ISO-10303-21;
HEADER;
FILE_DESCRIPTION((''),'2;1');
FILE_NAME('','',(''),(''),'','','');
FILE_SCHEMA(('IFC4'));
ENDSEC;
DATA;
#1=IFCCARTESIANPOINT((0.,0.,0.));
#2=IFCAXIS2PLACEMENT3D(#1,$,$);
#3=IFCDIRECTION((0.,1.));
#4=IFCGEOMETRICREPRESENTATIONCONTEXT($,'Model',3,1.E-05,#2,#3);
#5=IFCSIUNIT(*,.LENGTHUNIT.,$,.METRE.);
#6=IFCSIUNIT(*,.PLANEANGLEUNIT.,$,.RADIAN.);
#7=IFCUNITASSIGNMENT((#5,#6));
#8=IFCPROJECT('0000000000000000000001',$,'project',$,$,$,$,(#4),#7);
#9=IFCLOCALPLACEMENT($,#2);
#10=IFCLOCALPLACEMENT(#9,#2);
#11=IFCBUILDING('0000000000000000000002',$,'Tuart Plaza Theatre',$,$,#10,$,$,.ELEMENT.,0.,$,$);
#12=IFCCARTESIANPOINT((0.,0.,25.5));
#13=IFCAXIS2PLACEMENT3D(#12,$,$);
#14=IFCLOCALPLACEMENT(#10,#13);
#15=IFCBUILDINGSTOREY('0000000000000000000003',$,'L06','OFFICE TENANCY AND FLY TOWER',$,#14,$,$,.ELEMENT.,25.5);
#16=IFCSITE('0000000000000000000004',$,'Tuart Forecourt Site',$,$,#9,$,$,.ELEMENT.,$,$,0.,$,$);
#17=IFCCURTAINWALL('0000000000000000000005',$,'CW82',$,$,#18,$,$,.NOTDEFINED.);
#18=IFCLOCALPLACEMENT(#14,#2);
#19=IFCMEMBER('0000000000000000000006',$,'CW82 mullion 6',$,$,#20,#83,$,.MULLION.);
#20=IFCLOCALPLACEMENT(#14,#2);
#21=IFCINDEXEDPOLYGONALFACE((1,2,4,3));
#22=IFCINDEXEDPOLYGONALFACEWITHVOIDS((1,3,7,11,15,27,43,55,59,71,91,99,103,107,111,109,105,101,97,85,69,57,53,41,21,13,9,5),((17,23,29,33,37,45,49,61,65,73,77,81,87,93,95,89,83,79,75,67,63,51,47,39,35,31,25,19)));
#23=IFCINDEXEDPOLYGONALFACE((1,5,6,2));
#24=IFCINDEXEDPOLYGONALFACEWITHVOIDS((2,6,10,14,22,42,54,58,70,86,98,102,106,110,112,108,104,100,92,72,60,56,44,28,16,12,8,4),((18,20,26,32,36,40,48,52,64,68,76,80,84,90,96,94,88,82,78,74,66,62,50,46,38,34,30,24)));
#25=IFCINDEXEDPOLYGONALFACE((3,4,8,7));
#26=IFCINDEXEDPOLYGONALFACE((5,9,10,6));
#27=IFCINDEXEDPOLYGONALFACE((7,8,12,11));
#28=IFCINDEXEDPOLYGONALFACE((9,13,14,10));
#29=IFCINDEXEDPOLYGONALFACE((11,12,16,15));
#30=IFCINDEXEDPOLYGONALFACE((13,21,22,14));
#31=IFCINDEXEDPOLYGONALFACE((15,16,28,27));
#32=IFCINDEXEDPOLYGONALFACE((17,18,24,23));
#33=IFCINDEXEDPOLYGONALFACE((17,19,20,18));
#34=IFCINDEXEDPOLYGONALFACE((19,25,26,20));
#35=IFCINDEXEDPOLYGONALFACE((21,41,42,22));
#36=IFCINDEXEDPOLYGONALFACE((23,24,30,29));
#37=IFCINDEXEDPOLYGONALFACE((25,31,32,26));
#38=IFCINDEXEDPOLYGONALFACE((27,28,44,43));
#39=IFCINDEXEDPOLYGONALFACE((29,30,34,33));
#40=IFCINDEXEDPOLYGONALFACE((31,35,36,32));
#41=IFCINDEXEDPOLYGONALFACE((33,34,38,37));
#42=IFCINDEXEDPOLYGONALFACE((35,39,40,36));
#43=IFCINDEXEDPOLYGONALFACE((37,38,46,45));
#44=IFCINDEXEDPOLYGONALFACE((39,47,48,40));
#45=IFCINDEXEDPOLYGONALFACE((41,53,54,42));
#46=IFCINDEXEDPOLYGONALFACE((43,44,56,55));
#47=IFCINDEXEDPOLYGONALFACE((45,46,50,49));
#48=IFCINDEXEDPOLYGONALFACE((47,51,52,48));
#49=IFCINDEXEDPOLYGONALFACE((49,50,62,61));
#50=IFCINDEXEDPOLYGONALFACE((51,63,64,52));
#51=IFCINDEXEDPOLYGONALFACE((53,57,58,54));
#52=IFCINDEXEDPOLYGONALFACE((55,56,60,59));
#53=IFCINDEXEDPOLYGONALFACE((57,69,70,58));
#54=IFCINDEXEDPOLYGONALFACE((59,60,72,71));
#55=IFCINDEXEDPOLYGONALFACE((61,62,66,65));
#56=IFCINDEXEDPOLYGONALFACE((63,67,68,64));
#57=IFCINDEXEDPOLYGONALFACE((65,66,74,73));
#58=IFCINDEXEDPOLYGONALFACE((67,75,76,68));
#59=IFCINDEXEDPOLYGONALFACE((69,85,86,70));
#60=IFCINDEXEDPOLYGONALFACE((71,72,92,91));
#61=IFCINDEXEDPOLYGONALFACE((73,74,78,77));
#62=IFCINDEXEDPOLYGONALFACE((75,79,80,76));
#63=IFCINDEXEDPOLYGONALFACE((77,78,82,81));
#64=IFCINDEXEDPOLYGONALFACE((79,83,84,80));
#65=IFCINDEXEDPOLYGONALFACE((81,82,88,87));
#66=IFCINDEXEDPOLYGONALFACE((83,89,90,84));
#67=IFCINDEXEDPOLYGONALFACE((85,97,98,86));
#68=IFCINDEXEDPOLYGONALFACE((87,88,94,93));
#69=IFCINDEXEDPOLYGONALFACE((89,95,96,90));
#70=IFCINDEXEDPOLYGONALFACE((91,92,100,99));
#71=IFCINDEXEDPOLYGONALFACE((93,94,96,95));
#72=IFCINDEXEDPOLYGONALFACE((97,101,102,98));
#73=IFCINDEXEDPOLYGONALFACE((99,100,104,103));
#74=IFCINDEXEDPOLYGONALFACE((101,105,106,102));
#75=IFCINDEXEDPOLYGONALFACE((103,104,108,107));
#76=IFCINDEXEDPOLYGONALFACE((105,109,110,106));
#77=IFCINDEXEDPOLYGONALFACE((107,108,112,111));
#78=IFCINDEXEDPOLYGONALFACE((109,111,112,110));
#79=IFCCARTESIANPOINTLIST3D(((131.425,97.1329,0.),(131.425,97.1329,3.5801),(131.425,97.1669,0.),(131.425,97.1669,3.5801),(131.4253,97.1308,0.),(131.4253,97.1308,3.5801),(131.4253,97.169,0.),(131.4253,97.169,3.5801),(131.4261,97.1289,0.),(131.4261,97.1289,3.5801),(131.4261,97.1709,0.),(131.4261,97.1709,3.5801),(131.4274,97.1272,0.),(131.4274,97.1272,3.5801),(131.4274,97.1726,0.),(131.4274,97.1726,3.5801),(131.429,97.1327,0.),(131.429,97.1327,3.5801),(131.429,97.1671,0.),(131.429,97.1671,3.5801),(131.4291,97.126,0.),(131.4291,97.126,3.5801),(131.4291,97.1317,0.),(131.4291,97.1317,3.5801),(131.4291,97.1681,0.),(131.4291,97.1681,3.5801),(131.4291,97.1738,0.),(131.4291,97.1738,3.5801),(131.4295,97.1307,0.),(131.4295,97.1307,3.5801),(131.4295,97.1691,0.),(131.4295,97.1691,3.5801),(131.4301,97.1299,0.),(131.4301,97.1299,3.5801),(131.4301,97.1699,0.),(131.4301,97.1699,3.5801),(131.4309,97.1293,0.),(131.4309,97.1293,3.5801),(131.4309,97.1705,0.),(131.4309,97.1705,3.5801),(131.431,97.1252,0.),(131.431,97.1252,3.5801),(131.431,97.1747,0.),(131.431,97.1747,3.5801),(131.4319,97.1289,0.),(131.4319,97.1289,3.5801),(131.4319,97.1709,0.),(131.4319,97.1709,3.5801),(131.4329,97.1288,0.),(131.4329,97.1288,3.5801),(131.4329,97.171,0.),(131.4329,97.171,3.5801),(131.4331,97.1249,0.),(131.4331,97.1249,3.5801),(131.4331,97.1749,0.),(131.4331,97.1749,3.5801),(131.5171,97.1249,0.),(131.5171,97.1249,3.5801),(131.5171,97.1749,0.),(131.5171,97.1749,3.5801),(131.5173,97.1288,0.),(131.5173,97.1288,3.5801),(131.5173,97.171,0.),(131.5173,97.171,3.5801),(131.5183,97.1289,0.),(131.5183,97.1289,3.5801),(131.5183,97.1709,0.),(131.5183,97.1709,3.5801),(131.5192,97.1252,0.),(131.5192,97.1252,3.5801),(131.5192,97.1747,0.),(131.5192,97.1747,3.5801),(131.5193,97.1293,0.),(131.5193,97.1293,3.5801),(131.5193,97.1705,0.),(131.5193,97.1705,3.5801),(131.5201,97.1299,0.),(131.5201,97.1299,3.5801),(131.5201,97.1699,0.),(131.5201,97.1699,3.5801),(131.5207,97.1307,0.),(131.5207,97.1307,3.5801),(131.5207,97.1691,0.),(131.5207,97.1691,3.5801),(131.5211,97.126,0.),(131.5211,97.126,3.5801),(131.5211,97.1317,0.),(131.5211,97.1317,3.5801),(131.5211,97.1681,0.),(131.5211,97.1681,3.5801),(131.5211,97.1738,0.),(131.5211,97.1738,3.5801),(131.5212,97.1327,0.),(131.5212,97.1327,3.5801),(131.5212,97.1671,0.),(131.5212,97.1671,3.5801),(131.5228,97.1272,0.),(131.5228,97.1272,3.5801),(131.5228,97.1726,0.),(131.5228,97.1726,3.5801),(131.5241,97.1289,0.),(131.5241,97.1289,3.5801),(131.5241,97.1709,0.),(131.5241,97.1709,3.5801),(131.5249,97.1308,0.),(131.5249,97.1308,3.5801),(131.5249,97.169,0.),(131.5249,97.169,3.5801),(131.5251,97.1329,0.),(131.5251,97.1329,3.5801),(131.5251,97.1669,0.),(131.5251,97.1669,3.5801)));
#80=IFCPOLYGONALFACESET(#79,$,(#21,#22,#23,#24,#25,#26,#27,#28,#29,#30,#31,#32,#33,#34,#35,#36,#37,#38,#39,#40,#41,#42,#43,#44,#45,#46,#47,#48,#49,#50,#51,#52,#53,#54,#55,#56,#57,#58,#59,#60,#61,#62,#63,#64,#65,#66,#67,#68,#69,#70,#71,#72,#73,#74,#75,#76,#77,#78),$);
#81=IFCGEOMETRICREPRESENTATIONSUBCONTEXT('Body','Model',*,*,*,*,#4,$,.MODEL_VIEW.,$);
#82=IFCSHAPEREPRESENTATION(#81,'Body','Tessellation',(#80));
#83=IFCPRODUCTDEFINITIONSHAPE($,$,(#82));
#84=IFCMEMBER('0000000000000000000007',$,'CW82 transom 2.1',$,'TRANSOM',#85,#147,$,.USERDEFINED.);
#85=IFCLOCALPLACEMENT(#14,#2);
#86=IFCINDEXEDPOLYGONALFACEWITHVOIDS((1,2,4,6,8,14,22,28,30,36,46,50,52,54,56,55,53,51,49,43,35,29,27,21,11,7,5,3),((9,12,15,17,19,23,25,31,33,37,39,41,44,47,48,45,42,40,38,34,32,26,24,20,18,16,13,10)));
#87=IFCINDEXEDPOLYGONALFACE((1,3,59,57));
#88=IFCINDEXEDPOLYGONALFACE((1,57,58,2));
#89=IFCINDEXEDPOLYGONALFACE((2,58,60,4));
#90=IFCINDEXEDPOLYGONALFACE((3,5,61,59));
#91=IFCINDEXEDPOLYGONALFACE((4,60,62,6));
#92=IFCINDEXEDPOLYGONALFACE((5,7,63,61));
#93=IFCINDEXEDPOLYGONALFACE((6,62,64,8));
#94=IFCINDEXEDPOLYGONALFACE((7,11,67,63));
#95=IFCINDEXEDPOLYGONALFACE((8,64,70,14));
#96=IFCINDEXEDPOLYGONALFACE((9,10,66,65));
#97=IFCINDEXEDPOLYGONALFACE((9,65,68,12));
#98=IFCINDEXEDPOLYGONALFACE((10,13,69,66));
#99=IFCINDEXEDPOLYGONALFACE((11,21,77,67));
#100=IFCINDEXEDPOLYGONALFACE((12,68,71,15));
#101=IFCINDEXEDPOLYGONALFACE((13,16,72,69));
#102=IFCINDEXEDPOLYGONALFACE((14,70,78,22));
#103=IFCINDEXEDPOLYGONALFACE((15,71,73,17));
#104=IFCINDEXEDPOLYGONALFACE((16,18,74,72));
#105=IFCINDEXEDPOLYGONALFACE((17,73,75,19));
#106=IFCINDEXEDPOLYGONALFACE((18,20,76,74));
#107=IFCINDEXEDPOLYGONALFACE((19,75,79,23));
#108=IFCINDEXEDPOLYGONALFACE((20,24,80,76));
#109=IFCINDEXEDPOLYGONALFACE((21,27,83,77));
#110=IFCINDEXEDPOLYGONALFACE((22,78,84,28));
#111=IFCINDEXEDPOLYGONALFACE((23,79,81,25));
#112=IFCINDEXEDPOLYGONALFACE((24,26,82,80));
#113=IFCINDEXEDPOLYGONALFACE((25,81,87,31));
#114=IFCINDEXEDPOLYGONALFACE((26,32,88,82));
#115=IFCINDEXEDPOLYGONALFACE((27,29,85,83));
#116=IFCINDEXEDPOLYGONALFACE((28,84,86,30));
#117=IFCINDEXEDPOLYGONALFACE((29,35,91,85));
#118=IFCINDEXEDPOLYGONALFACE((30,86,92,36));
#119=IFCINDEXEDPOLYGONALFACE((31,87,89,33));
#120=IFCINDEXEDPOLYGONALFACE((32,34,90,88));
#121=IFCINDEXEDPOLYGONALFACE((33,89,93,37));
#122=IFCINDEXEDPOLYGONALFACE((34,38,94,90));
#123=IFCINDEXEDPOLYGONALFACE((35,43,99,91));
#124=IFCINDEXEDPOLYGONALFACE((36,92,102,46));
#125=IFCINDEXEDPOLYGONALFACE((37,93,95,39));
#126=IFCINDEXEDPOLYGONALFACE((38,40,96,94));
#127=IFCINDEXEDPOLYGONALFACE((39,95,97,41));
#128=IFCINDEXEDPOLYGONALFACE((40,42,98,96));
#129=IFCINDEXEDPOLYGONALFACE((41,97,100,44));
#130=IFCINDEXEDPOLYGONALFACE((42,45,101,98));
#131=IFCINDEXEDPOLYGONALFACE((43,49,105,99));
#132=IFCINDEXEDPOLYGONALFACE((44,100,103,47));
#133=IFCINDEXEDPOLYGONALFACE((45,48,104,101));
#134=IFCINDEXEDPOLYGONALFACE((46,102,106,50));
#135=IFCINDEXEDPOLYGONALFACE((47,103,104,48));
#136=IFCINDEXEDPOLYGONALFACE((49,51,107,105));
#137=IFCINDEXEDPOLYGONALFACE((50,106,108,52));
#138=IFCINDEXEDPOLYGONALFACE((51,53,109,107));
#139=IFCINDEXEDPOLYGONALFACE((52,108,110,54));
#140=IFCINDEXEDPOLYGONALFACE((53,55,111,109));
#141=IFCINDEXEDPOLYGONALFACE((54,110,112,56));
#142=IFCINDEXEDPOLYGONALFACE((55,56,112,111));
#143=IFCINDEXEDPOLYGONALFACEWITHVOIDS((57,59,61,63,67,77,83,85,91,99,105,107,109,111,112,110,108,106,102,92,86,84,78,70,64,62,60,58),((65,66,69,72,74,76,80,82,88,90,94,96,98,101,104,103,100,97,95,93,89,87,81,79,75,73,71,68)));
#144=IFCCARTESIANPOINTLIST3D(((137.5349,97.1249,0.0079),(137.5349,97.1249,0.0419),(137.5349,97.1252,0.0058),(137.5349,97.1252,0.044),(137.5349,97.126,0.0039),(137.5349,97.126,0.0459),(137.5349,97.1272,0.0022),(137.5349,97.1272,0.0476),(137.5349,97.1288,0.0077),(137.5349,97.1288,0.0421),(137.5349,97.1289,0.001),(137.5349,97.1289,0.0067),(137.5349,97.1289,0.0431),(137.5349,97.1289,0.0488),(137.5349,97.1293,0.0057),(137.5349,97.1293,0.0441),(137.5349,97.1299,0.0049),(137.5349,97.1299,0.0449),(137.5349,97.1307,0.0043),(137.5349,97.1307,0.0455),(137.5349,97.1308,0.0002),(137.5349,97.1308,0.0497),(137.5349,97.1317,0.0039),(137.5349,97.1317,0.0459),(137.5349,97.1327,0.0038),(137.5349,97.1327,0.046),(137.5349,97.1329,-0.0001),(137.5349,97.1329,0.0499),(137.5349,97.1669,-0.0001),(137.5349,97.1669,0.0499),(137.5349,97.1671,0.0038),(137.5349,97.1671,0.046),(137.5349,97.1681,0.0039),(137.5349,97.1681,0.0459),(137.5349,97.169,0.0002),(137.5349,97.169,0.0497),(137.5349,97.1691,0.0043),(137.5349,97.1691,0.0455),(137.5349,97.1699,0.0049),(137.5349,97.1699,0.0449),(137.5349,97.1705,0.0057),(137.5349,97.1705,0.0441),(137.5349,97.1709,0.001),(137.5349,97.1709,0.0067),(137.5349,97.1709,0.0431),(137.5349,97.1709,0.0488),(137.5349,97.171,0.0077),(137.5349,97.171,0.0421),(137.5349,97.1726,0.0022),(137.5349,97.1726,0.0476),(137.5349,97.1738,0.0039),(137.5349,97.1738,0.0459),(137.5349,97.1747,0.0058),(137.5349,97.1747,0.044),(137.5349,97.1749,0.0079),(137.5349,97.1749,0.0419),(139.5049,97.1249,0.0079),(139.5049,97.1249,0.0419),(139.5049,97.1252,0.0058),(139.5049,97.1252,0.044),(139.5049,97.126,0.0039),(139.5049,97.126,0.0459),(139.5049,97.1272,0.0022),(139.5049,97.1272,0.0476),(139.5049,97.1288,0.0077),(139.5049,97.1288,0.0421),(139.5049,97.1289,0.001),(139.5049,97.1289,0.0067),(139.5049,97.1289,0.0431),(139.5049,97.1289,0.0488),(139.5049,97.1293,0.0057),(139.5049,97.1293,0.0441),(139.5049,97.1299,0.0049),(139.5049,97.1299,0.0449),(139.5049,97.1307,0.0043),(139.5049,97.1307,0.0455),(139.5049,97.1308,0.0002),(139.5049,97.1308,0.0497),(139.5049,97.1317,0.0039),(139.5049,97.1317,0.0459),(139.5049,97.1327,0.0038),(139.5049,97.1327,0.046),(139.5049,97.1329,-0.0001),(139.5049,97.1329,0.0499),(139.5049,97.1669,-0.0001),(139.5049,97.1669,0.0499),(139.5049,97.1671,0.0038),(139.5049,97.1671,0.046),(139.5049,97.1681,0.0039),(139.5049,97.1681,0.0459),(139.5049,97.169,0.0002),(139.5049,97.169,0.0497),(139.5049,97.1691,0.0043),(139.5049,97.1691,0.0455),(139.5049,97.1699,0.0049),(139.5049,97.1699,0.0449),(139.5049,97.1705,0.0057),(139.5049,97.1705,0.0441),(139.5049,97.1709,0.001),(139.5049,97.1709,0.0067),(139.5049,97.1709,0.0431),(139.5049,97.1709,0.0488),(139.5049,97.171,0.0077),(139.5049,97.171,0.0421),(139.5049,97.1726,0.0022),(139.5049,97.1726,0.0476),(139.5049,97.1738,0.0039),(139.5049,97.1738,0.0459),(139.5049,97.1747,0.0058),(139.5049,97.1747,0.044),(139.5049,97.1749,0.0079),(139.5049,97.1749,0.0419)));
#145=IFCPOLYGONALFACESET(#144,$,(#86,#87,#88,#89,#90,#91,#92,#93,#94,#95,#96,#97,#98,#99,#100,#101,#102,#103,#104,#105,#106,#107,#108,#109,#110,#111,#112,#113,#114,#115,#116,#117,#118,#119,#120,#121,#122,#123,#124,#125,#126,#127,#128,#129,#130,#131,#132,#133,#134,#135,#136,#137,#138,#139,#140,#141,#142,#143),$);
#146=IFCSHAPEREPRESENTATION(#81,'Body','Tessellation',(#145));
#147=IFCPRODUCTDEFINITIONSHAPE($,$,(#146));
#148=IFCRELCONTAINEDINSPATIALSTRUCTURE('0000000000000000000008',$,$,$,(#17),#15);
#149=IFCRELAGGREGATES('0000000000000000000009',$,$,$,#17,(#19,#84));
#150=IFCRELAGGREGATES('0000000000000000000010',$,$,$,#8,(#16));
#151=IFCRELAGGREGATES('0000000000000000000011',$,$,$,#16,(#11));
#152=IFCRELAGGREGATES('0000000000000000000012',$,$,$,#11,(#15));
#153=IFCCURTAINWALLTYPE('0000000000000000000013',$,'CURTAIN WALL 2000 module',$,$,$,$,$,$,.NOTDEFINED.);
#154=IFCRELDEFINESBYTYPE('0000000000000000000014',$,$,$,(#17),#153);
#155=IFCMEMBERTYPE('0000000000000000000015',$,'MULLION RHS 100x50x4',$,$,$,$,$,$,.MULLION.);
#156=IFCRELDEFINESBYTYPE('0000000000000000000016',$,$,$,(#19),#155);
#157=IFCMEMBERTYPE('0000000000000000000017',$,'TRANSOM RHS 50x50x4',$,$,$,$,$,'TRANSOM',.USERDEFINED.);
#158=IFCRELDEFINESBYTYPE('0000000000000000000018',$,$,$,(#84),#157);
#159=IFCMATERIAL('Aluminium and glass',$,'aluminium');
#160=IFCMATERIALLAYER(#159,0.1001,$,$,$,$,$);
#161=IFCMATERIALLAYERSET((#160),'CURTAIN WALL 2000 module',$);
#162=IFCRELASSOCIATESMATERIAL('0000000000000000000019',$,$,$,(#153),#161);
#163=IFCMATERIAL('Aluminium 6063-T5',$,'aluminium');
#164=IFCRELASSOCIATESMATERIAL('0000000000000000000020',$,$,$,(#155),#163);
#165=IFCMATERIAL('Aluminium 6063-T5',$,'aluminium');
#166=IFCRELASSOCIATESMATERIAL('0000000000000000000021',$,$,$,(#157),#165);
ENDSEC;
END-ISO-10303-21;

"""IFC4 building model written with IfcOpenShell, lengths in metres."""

from ifc_helpers import new_model, si_unit, direction, frame, origin, origin_2d, place, context, subcontext, project, spatial, hollow_rectangle, extrude, material, layer, layer_set, material_profile, profile_set, type_object, element, aggregate, save


model = new_model("IFC4")

# Units and contexts
model_context = context("Model", 3, precision=1e-05, world=origin(), true_north=direction((0.0, 1.0)))
body_context = subcontext(model_context, "Body", "Model", "MODEL_VIEW")
ifc_project = project(units=[si_unit("LENGTHUNIT", "METRE"), si_unit("PLANEANGLEUNIT", "RADIAN")], contexts=[model_context])

# Site, building, storey
site_placement = place(None, origin())
site = spatial("IfcSite", under=ifc_project, at=site_placement, Name="Tuart Forecourt Site", CompositionType="ELEMENT", RefElevation=0.0)
building_placement = place(site_placement, origin())
building = spatial("IfcBuilding", under=site, at=building_placement, Name="Tuart Plaza Theatre", CompositionType="ELEMENT", ElevationOfRefHeight=0.0)
storey_placement = place(building_placement, frame((0.0, 0.0, 25.5)))
storey = spatial("IfcBuildingStorey", under=building, at=storey_placement, Name="L06", Description="OFFICE TENANCY AND FLY TOWER", CompositionType="ELEMENT", Elevation=25.5)

# Curtain wall, members
ifc_material_1 = material(Name="Aluminium and glass", Category="aluminium")
ifc_layer_1 = layer(ifc_material_1, 0.1001)
ifc_layer_set_1 = layer_set([ifc_layer_1], Name="CURTAIN WALL 2000 module")
curtain_wall_type = type_object("IfcCurtainWallType", Name="CURTAIN WALL 2000 module", PredefinedType="NOTDEFINED", material=ifc_layer_set_1)
curtain_wall_placement = place(storey_placement, origin())
curtain_wall = element("IfcCurtainWall", 1, at=curtain_wall_placement, inside=storey, type_object=curtain_wall_type, Name="CW82", PredefinedType="NOTDEFINED")
ifc_material_2 = material(Name="Aluminium 6063-T5", Category="aluminium")
ifc_material_profile_1 = material_profile(ifc_material_2, hollow_rectangle(XDim=0.05, YDim=0.1001, WallThickness=0.0039, InnerFilletRadius=0.0039, OuterFilletRadius=0.0081, at=origin_2d()), Name="RHS 100x50x4")
ifc_profile_set_1 = profile_set([ifc_material_profile_1], Name="Aluminium 6063-T5")
member_type_1 = type_object("IfcMemberType", Name="MULLION RHS 100x50x4", PredefinedType="MULLION", material=ifc_profile_set_1)
member_1_placement = place(storey_placement, frame((131.4751, 97.1499, 0.0), z_axis=(0.0, 0.0, 1.0), x_axis=(0.0, -1.0, 0.0)))
member_1 = element("IfcMember", 2, at=member_1_placement, type_object=member_type_1, Name="CW82 mullion 6", PredefinedType="MULLION", context=body_context, shape_type="SweptSolid", body=[
    extrude(hollow_rectangle(XDim=0.05, YDim=0.1001, WallThickness=0.0039, InnerFilletRadius=0.0039, OuterFilletRadius=0.0081, at=origin_2d()), origin(), (0.0, 0.0, 1.0), 3.5801),
])
ifc_material_3 = material(Name="Aluminium 6063-T5", Category="aluminium")
ifc_material_profile_2 = material_profile(ifc_material_3, hollow_rectangle(XDim=0.05, YDim=0.05, WallThickness=0.0039, InnerFilletRadius=0.0039, OuterFilletRadius=0.0081, at=origin_2d()), Name="RHS 50x50x4")
ifc_profile_set_2 = profile_set([ifc_material_profile_2], Name="Aluminium 6063-T5")
member_type_2 = type_object("IfcMemberType", Name="TRANSOM RHS 50x50x4", ElementType="TRANSOM", PredefinedType="USERDEFINED", material=ifc_profile_set_2)
member_2_placement = place(storey_placement, frame((139.5049, 97.1499, 0.0249), z_axis=(-1.0, 0.0, 0.0), x_axis=(0.0, -1.0, 0.0)))
member_2 = element("IfcMember", 3, at=member_2_placement, type_object=member_type_2, Name="CW82 transom 2.1", ObjectType="TRANSOM", PredefinedType="USERDEFINED", context=body_context, shape_type="SweptSolid", body=[
    extrude(hollow_rectangle(XDim=0.05, YDim=0.05, WallThickness=0.0039, InnerFilletRadius=0.0039, OuterFilletRadius=0.0081, at=origin_2d()), origin(), (0.0, 0.0, 1.0), 1.97),
])
aggregate(curtain_wall, [member_1, member_2])

save(model, "model.ifc")
